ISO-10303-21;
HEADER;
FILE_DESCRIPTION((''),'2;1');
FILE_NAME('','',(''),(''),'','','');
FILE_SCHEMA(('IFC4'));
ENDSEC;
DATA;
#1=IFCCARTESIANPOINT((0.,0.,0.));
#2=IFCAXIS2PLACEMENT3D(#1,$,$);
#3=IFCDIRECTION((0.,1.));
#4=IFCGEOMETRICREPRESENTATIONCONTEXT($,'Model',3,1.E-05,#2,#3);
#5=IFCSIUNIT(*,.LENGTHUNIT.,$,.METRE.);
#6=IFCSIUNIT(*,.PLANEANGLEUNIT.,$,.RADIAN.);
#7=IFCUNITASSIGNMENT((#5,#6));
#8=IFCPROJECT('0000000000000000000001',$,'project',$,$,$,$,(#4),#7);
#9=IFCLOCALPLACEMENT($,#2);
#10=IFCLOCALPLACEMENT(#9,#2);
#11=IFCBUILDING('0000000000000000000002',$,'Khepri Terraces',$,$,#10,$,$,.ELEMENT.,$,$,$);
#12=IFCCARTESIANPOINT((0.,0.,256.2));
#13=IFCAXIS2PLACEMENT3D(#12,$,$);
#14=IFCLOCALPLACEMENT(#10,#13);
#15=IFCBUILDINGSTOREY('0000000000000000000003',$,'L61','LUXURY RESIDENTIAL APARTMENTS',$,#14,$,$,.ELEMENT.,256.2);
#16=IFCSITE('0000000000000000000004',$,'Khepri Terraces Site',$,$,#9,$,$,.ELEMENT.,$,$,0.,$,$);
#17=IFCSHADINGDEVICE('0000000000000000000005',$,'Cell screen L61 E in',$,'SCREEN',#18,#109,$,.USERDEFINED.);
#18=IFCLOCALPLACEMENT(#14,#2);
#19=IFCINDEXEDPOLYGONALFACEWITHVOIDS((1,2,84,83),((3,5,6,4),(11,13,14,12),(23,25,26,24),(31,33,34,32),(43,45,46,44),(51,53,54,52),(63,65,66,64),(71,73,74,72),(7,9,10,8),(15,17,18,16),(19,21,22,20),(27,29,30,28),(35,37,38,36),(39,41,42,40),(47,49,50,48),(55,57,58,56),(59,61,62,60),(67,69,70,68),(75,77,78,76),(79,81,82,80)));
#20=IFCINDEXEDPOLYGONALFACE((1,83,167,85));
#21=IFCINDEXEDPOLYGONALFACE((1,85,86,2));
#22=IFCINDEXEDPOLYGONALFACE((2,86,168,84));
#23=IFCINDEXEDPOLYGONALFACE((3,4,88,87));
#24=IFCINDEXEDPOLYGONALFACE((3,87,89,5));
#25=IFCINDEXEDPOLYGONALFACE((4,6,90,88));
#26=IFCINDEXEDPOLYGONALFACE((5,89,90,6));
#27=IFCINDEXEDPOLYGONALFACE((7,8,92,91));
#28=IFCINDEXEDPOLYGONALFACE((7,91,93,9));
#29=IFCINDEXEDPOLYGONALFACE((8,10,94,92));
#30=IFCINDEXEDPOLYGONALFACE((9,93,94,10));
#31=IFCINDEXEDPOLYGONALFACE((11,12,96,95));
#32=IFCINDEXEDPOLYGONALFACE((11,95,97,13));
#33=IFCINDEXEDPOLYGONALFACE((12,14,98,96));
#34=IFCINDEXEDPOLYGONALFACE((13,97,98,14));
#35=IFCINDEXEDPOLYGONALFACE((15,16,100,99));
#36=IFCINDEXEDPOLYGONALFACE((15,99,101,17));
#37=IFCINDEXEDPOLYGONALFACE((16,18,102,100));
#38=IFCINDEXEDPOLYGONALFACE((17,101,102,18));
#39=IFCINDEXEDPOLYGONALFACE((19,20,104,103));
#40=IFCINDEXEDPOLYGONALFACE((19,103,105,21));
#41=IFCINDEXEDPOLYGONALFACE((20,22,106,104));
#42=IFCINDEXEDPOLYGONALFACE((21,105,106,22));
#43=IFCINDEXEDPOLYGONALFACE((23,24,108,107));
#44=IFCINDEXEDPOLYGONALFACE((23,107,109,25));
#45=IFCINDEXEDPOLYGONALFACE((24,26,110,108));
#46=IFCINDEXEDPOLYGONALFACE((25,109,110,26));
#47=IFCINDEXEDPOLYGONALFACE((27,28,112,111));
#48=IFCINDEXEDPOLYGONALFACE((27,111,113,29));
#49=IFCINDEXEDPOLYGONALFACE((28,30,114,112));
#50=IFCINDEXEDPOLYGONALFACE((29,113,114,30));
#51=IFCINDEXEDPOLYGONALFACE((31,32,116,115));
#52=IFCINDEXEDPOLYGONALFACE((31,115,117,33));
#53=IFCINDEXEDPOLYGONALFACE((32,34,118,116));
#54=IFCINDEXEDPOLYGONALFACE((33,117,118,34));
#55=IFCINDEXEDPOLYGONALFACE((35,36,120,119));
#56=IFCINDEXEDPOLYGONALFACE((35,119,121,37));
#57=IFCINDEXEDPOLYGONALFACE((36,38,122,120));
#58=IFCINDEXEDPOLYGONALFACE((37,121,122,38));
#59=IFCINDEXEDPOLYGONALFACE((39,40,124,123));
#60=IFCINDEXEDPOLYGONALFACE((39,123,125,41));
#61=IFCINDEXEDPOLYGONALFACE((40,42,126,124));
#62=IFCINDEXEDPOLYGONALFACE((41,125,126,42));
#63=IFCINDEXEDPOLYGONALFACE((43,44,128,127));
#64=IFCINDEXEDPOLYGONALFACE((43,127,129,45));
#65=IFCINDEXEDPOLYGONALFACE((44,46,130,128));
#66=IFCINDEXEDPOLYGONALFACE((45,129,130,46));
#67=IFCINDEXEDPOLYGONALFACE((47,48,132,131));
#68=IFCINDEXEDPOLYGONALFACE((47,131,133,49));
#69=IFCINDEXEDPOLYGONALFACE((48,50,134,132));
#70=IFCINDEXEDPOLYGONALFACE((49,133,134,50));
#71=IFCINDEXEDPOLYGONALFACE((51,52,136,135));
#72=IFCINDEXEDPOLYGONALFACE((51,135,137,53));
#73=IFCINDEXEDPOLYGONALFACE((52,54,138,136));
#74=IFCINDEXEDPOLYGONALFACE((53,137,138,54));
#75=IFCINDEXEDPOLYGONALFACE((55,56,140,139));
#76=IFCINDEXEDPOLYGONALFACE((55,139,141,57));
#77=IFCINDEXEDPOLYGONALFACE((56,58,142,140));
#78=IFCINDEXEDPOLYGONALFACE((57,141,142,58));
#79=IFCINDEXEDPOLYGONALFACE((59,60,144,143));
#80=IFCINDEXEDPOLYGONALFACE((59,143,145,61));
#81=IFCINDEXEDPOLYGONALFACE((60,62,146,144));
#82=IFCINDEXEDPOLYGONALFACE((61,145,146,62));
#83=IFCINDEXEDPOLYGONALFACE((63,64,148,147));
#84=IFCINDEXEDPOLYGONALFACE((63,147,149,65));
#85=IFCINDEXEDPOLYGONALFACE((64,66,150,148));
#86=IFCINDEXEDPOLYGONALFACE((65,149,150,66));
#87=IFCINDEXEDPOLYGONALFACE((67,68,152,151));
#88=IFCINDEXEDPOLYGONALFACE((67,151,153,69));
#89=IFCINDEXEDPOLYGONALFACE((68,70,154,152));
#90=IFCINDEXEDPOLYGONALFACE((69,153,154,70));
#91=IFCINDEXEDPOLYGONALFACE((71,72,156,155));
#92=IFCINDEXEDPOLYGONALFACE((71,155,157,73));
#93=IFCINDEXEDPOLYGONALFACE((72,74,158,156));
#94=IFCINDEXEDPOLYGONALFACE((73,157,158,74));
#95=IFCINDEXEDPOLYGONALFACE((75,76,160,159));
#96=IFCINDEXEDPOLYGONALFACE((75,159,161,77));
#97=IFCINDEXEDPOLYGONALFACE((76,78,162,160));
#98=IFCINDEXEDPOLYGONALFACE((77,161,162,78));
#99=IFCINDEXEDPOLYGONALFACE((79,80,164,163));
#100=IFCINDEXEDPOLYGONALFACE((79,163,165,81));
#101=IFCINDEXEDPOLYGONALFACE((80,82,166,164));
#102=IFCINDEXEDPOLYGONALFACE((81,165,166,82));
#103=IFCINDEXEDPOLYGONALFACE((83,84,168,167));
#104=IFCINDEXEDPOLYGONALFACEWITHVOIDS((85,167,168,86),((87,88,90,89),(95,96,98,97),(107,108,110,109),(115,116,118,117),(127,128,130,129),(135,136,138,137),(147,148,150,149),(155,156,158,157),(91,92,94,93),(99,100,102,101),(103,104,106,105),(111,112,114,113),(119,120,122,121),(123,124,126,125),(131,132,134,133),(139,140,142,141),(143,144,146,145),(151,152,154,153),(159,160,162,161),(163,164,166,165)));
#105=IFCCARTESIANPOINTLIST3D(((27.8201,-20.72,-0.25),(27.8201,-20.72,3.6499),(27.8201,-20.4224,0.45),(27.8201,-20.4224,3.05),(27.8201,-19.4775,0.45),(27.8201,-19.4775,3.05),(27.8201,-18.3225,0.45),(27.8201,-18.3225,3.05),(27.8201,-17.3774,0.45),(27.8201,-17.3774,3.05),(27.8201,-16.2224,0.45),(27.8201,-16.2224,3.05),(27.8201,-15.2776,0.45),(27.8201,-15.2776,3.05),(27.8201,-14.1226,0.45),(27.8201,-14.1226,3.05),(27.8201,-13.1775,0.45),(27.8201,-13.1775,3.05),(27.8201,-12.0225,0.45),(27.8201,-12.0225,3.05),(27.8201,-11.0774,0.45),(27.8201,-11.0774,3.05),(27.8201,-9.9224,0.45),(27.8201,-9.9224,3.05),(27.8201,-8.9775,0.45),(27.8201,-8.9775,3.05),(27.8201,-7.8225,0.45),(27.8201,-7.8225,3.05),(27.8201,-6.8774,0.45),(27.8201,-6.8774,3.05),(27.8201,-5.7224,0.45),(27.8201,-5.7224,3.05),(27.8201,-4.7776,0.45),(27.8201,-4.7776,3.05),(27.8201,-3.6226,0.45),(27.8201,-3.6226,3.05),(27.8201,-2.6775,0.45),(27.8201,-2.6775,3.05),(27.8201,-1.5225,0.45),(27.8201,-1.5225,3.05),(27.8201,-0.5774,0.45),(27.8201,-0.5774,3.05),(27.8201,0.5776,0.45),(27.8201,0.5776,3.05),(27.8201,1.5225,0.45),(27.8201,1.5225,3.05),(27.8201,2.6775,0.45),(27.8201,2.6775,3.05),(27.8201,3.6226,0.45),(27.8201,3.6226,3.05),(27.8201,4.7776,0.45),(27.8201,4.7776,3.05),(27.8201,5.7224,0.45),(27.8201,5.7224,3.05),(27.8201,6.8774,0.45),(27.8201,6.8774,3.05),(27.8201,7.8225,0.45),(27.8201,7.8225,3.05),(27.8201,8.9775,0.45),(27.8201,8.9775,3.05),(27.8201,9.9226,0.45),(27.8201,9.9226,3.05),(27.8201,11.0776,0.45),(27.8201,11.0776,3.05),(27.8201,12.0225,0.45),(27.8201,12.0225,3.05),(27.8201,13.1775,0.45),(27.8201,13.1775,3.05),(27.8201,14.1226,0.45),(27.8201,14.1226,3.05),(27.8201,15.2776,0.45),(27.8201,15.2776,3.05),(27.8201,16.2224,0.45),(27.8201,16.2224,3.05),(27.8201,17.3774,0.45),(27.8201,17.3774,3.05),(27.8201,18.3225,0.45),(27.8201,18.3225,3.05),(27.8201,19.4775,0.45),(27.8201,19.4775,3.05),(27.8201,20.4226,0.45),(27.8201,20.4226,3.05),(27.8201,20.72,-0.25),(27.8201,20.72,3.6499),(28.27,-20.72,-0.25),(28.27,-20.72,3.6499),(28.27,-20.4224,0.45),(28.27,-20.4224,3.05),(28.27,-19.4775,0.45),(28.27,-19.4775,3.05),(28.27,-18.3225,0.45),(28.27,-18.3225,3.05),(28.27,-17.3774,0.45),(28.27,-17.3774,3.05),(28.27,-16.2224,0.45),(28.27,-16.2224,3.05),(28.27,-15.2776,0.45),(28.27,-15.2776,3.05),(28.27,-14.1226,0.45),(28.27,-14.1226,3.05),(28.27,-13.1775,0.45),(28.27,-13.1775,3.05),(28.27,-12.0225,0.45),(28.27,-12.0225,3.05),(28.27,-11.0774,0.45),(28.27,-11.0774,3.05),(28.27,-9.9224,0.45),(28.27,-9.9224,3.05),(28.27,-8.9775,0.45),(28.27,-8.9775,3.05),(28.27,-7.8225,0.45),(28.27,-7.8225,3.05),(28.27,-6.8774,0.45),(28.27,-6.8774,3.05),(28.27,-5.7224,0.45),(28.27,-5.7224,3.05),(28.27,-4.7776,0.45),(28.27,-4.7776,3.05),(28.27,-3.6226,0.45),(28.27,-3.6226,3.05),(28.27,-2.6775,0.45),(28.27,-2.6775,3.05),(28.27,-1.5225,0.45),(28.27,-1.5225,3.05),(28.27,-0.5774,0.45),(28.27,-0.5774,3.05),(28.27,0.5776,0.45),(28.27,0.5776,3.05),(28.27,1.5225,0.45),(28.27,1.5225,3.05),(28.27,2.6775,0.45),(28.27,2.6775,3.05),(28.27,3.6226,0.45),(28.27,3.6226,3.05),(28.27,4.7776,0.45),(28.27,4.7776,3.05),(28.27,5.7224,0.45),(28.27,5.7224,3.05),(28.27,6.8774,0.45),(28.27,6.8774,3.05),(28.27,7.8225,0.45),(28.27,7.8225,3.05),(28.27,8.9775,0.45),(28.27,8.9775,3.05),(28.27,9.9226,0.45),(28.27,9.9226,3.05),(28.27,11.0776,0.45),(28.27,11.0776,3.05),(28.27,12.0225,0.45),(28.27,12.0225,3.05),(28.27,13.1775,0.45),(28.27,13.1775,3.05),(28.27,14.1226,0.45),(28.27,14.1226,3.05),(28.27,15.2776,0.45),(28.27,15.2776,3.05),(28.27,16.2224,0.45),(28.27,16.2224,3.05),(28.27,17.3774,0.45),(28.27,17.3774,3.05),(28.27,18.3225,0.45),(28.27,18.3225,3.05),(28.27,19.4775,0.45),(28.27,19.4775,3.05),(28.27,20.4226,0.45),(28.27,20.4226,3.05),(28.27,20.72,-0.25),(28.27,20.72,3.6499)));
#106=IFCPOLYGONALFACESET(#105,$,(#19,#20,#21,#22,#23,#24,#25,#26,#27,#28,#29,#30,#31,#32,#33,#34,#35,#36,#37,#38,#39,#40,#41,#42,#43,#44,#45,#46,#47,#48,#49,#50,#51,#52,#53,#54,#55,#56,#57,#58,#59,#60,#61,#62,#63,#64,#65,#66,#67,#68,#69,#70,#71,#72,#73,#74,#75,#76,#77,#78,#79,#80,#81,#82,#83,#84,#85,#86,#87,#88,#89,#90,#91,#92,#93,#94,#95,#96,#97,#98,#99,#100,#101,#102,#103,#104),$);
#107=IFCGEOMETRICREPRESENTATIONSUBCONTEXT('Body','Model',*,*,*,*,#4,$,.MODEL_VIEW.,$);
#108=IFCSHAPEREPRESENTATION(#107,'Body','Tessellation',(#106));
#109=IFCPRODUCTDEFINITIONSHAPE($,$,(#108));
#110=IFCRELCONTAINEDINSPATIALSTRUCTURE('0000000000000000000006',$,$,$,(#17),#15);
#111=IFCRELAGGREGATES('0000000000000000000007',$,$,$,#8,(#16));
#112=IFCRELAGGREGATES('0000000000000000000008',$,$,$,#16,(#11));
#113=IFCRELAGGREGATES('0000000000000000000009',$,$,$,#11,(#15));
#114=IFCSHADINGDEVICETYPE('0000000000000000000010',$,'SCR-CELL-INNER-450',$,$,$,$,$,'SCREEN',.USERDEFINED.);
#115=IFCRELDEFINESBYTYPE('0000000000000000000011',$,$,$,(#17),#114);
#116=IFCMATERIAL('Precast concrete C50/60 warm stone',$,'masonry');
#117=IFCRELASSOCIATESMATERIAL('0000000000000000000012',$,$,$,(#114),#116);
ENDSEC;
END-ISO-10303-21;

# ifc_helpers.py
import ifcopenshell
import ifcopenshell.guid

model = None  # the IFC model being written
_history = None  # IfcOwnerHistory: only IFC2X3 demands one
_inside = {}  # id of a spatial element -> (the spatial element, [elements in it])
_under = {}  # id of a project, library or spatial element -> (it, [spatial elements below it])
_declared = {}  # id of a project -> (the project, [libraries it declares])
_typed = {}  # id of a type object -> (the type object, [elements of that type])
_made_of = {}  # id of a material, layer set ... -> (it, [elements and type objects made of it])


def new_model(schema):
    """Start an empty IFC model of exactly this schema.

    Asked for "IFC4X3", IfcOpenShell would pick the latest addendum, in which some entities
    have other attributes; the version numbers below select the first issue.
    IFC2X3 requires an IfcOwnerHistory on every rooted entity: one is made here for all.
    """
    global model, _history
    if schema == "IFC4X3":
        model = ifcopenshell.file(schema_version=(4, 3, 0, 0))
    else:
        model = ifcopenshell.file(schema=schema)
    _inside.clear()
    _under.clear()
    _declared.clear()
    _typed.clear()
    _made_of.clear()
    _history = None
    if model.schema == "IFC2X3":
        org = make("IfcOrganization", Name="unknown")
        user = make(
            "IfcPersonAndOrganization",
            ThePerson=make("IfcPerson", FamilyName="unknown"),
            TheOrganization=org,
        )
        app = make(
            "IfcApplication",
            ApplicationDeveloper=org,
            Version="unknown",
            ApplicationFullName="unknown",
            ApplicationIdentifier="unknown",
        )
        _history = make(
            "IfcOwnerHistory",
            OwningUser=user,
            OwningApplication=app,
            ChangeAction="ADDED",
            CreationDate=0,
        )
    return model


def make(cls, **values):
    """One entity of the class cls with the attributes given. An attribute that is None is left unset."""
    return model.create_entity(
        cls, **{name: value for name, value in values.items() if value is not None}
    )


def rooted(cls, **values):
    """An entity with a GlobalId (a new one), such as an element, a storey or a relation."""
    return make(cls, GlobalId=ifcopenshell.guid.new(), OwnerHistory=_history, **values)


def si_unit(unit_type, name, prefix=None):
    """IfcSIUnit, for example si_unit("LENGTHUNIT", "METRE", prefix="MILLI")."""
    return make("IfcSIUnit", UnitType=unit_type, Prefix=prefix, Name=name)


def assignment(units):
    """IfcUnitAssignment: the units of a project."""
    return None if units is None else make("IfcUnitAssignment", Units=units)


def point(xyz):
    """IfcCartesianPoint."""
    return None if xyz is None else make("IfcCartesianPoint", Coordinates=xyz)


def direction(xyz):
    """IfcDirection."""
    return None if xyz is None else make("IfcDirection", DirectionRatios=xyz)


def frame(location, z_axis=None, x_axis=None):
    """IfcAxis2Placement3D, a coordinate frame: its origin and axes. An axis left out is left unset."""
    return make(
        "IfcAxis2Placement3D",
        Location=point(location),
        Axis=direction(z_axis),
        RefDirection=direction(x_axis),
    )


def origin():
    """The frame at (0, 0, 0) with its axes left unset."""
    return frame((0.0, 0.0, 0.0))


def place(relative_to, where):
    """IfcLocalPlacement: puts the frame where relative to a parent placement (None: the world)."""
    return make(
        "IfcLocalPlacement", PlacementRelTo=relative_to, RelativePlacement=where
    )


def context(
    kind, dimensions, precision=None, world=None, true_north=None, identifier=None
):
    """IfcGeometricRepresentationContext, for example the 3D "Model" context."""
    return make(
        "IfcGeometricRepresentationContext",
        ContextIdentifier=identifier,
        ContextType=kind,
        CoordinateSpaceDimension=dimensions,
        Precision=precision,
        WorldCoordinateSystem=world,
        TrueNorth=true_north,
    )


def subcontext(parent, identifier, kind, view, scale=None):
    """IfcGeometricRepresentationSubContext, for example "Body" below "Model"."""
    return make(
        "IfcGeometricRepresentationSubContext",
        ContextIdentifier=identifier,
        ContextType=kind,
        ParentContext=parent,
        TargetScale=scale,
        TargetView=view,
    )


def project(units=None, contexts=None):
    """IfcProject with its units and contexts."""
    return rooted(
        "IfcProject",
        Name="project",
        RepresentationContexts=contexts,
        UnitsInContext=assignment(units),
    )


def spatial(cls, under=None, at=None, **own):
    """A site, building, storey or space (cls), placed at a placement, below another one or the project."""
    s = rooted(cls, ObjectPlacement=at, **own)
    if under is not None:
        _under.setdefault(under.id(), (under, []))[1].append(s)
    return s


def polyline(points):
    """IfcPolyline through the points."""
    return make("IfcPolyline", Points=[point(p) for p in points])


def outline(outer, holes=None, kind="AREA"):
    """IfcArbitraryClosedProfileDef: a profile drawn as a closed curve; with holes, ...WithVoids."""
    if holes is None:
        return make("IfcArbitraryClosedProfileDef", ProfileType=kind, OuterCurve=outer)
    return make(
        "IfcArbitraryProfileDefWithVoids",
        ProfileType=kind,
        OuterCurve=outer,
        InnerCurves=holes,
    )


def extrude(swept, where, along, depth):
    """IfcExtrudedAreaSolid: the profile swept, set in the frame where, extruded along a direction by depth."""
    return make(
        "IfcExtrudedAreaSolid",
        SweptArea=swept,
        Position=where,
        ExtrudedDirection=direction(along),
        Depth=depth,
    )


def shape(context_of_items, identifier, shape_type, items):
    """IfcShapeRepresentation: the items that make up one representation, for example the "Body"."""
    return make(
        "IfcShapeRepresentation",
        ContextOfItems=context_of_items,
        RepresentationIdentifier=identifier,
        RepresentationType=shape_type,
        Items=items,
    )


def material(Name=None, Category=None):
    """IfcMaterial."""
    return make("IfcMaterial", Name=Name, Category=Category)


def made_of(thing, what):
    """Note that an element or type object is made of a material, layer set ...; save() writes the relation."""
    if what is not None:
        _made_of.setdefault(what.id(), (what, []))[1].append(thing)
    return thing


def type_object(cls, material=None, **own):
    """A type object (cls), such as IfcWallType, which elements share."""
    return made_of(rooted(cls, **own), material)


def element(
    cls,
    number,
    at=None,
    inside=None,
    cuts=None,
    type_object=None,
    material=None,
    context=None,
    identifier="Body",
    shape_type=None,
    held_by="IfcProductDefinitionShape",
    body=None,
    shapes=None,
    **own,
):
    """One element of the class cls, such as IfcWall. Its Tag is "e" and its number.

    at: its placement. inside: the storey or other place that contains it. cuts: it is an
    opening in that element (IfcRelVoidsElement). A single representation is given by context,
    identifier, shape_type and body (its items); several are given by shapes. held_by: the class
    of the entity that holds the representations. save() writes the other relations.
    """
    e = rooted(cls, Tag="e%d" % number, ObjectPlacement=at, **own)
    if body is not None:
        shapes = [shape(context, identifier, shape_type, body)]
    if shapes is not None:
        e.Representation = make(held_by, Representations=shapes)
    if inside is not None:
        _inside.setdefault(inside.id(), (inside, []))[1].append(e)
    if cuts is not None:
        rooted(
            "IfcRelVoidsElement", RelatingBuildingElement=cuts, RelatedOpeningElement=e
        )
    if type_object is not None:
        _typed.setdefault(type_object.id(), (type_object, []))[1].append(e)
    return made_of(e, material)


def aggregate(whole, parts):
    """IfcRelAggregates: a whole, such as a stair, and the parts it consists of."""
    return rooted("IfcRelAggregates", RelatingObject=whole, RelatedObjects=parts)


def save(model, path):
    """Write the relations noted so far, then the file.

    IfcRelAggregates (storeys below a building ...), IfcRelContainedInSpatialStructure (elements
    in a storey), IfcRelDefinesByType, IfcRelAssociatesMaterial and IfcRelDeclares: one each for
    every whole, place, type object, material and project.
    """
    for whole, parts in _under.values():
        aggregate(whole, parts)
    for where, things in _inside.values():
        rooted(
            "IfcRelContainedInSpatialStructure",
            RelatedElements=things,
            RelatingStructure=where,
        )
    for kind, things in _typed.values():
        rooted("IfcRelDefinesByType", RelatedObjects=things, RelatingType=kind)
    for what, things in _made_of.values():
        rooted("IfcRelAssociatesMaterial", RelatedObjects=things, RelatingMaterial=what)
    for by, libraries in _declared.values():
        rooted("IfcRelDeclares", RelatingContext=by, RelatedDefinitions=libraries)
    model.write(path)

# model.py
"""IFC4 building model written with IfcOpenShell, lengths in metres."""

from ifc_helpers import new_model, si_unit, direction, frame, origin, place, context, subcontext, project, spatial, polyline, outline, extrude, material, type_object, element, save


model = new_model("IFC4")

# Units and contexts
model_context = context("Model", 3, precision=1e-05, world=origin(), true_north=direction((0.0, 1.0)))
body_context = subcontext(model_context, "Body", "Model", "MODEL_VIEW")
ifc_project = project(units=[si_unit("LENGTHUNIT", "METRE"), si_unit("PLANEANGLEUNIT", "RADIAN")], contexts=[model_context])

# Site, building, storey
site_placement = place(None, origin())
site = spatial("IfcSite", under=ifc_project, at=site_placement, Name="Khepri Terraces Site", CompositionType="ELEMENT", RefElevation=0.0)
building_placement = place(site_placement, origin())
building = spatial("IfcBuilding", under=site, at=building_placement, Name="Khepri Terraces", CompositionType="ELEMENT")
storey_placement = place(building_placement, frame((0.0, 0.0, 256.2)))
storey = spatial("IfcBuildingStorey", under=building, at=storey_placement, Name="L61", Description="LUXURY RESIDENTIAL APARTMENTS", CompositionType="ELEMENT", Elevation=256.2)

# Shared definitions
ifc_material_1 = material(Name="Precast concrete C50/60 warm stone", Category="masonry")

# Shading device
shading_device_type_1 = type_object("IfcShadingDeviceType", Name="SCR-CELL-INNER-450", ElementType="SCREEN", PredefinedType="USERDEFINED", material=ifc_material_1)
shading_device_1_placement = place(storey_placement, frame((27.8201, -20.72, -0.25), z_axis=(1.0, 0.0, 0.0), x_axis=(0.0, 1.0, 0.0)))
element("IfcShadingDevice", 1, at=shading_device_1_placement, inside=storey, type_object=shading_device_type_1, Name="Cell screen L61 E in", ObjectType="SCREEN", PredefinedType="USERDEFINED", context=body_context, shape_type="SweptSolid", body=[
    extrude(outline(polyline([(0.0, 0.0), (41.4399, 0.0), (41.4399, 3.8999), (0.0, 3.8999), (0.0, 0.0)]), holes=[polyline([(0.2976, 0.7), (1.2424, 0.7), (1.2424, 3.3), (0.2976, 3.3), (0.2976, 0.7)]), polyline([(2.3975, 0.7), (3.3425, 0.7), (3.3425, 3.3), (2.3975, 3.3), (2.3975, 0.7)]), polyline([(4.4976, 0.7), (5.4424, 0.7), (5.4424, 3.3), (4.4976, 3.3), (4.4976, 0.7)]), polyline([(6.5974, 0.7), (7.5425, 0.7), (7.5425, 3.3), (6.5974, 3.3), (6.5974, 0.7)]), polyline([(8.6975, 0.7), (9.6426, 0.7), (9.6426, 3.3), (8.6975, 3.3), (8.6975, 0.7)]), polyline([(10.7976, 0.7), (11.7424, 0.7), (11.7424, 3.3), (10.7976, 3.3), (10.7976, 0.7)]), polyline([(12.8975, 0.7), (13.8425, 0.7), (13.8425, 3.3), (12.8975, 3.3), (12.8975, 0.7)]), polyline([(14.9976, 0.7), (15.9424, 0.7), (15.9424, 3.3), (14.9976, 3.3), (14.9976, 0.7)]), polyline([(17.0974, 0.7), (18.0425, 0.7), (18.0425, 3.3), (17.0974, 3.3), (17.0974, 0.7)]), polyline([(19.1975, 0.7), (20.1426, 0.7), (20.1426, 3.3), (19.1975, 3.3), (19.1975, 0.7)]), polyline([(21.2976, 0.7), (22.2424, 0.7), (22.2424, 3.3), (21.2976, 3.3), (21.2976, 0.7)]), polyline([(23.3975, 0.7), (24.3425, 0.7), (24.3425, 3.3), (23.3975, 3.3), (23.3975, 0.7)]), polyline([(25.4976, 0.7), (26.4424, 0.7), (26.4424, 3.3), (25.4976, 3.3), (25.4976, 0.7)]), polyline([(27.5974, 0.7), (28.5425, 0.7), (28.5425, 3.3), (27.5974, 3.3), (27.5974, 0.7)]), polyline([(29.6975, 0.7), (30.6426, 0.7), (30.6426, 3.3), (29.6975, 3.3), (29.6975, 0.7)]), polyline([(31.7976, 0.7), (32.7424, 0.7), (32.7424, 3.3), (31.7976, 3.3), (31.7976, 0.7)]), polyline([(33.8975, 0.7), (34.8425, 0.7), (34.8425, 3.3), (33.8975, 3.3), (33.8975, 0.7)]), polyline([(35.9976, 0.7), (36.9424, 0.7), (36.9424, 3.3), (35.9976, 3.3), (35.9976, 0.7)]), polyline([(38.0974, 0.7), (39.0425, 0.7), (39.0425, 3.3), (38.0974, 3.3), (38.0974, 0.7)]), polyline([(40.1975, 0.7), (41.1426, 0.7), (41.1426, 3.3), (40.1975, 3.3), (40.1975, 0.7)])]), origin(), (0.0, 0.0, 1.0), 0.45),
])

save(model, "model.ifc")
